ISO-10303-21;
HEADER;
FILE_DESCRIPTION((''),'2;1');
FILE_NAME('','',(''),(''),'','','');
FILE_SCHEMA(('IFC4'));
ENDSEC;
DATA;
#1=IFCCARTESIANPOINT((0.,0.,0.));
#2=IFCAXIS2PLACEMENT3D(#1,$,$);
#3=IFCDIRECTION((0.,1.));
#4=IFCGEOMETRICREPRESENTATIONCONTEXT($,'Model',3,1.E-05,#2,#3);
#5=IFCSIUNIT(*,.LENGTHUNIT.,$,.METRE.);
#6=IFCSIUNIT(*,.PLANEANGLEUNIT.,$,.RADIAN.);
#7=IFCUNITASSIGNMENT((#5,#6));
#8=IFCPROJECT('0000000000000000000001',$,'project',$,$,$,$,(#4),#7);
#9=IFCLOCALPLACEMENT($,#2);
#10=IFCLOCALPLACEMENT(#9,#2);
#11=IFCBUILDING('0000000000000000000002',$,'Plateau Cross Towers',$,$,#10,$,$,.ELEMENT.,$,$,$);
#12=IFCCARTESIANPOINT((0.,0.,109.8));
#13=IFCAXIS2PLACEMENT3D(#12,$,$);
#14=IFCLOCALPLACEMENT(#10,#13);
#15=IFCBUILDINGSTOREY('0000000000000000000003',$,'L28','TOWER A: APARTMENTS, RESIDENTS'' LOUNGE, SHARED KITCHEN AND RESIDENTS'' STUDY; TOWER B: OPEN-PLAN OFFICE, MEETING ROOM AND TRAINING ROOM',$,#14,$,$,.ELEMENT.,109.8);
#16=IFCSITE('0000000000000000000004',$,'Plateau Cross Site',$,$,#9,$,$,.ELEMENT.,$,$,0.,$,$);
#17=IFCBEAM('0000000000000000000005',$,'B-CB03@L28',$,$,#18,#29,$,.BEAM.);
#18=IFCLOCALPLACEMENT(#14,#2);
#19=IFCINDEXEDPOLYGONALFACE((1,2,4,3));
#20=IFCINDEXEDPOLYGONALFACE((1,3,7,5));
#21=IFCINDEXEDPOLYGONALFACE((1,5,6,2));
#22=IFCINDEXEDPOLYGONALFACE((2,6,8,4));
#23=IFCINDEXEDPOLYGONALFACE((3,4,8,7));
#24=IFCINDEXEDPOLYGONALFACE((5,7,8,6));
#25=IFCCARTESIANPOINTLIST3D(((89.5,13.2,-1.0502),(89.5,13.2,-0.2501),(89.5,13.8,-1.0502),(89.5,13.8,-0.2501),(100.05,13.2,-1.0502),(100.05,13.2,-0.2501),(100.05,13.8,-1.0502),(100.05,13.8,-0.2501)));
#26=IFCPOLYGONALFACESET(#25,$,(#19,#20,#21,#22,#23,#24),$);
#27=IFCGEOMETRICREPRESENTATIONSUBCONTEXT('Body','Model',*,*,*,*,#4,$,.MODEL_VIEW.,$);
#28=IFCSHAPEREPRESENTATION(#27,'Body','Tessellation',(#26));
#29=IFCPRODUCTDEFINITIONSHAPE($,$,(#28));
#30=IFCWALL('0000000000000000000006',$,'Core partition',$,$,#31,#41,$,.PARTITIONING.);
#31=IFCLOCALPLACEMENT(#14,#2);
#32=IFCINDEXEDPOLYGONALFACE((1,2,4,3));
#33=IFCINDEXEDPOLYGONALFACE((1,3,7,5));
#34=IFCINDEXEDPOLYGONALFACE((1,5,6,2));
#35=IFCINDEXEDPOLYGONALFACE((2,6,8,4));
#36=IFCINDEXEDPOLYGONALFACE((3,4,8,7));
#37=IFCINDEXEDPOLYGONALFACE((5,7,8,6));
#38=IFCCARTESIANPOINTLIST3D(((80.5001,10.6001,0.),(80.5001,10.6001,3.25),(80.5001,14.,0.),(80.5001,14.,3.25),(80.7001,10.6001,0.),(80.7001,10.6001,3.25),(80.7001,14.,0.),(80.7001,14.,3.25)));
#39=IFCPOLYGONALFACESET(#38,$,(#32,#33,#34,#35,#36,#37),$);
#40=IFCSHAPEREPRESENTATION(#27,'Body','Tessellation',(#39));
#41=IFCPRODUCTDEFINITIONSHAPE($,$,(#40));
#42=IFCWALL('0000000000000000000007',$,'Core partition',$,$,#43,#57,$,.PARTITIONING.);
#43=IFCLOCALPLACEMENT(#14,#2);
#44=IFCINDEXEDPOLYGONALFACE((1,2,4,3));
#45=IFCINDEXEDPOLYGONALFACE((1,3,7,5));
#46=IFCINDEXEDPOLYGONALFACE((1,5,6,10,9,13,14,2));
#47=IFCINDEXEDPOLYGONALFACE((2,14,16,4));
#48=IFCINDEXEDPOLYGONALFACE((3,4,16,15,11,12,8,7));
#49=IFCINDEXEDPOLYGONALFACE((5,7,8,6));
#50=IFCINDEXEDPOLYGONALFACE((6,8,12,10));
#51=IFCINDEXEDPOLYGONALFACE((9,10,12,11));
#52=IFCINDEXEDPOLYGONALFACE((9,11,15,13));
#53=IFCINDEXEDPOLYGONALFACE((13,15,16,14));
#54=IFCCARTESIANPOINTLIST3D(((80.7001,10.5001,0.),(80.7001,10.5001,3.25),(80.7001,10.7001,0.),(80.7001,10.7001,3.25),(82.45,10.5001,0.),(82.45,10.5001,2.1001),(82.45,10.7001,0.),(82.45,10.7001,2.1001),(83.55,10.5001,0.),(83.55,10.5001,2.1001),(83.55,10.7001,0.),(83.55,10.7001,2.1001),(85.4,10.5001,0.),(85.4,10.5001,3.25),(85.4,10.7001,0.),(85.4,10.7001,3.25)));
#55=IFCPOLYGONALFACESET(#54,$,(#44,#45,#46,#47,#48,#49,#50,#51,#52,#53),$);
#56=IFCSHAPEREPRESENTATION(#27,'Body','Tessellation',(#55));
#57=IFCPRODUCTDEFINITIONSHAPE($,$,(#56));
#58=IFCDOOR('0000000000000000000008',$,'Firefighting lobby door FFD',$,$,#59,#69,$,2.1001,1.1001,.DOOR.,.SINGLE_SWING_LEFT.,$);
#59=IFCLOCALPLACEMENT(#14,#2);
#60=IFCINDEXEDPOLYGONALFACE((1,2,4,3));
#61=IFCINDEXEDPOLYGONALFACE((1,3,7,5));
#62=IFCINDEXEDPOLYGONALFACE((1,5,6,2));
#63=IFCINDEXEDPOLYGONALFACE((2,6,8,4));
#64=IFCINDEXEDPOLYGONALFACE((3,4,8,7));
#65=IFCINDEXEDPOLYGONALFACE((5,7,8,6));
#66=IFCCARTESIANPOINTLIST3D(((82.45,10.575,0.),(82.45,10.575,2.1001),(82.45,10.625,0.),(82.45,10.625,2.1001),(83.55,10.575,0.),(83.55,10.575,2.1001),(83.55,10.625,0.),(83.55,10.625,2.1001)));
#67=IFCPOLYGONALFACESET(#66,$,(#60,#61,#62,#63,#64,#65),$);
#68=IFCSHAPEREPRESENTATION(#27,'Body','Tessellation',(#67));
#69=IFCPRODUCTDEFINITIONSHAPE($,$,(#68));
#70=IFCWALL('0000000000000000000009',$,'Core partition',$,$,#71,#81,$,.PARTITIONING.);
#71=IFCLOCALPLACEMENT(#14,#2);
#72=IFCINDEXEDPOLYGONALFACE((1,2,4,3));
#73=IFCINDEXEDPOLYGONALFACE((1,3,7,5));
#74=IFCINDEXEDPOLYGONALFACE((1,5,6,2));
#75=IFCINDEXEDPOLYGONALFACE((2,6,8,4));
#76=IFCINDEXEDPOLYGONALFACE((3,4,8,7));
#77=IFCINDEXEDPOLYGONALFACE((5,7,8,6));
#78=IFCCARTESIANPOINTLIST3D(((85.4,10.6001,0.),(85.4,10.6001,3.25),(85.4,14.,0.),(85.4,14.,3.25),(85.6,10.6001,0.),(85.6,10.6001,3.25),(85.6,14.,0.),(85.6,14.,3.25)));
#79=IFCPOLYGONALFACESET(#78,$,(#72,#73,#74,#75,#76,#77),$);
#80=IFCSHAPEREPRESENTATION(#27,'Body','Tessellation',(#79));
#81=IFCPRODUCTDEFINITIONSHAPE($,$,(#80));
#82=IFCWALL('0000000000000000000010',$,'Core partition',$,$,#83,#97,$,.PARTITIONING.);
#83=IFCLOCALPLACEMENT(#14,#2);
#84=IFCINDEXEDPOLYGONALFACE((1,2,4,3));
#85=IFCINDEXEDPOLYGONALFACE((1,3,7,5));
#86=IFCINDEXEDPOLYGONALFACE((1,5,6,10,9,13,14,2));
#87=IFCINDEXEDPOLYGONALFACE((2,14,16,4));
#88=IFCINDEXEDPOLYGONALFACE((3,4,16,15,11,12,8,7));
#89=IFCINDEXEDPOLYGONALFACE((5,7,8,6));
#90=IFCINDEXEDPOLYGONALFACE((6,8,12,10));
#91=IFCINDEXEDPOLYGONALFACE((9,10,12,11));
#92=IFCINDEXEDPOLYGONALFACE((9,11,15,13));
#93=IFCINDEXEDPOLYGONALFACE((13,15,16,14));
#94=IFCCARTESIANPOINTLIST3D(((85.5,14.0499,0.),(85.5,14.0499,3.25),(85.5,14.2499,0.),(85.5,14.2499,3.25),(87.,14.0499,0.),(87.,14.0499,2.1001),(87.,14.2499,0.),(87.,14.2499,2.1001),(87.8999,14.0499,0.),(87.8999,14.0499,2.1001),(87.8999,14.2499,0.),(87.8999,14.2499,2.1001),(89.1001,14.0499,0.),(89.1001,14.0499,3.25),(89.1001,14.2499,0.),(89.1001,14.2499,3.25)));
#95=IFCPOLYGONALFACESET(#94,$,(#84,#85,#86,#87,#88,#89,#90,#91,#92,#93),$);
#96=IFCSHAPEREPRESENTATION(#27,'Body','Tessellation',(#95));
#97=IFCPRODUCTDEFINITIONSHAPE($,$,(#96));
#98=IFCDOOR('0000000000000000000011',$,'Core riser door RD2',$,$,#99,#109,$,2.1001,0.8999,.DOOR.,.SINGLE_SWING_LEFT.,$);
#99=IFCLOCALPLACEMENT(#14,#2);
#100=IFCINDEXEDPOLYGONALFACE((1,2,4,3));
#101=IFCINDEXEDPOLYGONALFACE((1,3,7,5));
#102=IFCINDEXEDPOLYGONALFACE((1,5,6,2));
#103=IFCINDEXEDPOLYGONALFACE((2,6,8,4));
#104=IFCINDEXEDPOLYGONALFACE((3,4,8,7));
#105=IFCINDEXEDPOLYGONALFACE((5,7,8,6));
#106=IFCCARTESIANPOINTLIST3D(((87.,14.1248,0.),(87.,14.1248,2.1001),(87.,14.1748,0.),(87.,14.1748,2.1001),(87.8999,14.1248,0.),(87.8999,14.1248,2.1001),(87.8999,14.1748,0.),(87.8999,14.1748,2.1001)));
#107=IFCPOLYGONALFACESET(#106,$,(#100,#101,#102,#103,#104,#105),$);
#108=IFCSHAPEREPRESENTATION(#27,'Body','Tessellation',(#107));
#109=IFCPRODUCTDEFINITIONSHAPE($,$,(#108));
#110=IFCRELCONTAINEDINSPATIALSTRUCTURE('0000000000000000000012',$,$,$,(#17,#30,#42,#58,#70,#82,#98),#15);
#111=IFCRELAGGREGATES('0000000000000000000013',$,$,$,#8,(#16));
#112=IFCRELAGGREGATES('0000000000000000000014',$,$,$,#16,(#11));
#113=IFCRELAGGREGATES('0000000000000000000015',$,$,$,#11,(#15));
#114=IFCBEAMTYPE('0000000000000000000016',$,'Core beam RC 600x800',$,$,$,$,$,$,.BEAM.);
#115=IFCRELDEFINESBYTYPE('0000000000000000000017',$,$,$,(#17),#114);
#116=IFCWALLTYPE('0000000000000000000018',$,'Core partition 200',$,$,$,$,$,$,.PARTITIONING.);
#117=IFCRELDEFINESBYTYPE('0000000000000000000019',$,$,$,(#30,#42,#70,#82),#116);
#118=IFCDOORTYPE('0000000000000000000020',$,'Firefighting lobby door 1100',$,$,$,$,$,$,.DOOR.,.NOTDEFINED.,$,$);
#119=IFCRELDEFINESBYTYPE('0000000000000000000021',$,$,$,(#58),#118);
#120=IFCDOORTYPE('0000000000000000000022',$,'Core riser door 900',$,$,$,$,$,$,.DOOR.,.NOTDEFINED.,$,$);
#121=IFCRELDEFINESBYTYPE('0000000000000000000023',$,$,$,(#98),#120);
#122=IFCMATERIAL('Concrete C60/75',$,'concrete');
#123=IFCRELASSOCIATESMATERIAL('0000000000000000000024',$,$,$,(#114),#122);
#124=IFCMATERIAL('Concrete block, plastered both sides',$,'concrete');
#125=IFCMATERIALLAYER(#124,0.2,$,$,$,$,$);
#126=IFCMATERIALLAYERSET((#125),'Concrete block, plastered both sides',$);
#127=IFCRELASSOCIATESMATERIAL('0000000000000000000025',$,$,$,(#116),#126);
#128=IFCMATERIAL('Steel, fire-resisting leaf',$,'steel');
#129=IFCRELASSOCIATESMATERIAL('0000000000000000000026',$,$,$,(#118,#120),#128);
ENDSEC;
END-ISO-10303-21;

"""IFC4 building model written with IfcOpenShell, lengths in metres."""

from ifc_helpers import new_model, si_unit, direction, frame, frame_2d, origin, origin_2d, place, context, subcontext, project, spatial, rectangle, extrude, material, layer, layer_set, material_profile, profile_set, type_object, element, fill, save


model = new_model("IFC4")

# Units and contexts
model_context = context("Model", 3, precision=1e-05, world=origin(), true_north=direction((0.0, 1.0)))
body_context = subcontext(model_context, "Body", "Model", "MODEL_VIEW")
ifc_project = project(units=[si_unit("LENGTHUNIT", "METRE"), si_unit("PLANEANGLEUNIT", "RADIAN")], contexts=[model_context])

# Site, building, storey
site_placement = place(None, origin())
site = spatial("IfcSite", under=ifc_project, at=site_placement, Name="Plateau Cross Site", CompositionType="ELEMENT", RefElevation=0.0)
building_placement = place(site_placement, origin())
building = spatial("IfcBuilding", under=site, at=building_placement, Name="Plateau Cross Towers", CompositionType="ELEMENT")
storey_placement = place(building_placement, frame((0.0, 0.0, 109.8)))
storey = spatial("IfcBuildingStorey", under=building, at=storey_placement, Name="L28", Description="TOWER A: APARTMENTS, RESIDENTS' LOUNGE, SHARED KITCHEN AND RESIDENTS' STUDY; TOWER B: OPEN-PLAN OFFICE, MEETING ROOM AND TRAINING ROOM", CompositionType="ELEMENT", Elevation=109.8)

# Beam
ifc_material_1 = material(Name="Concrete C60/75", Category="concrete")
ifc_material_profile = material_profile(ifc_material_1, rectangle(XDim=0.6001, YDim=0.8, at=origin_2d()), Name="RC 600x800")
ifc_profile_set = profile_set([ifc_material_profile], Name="Concrete C60/75")
beam_type = type_object("IfcBeamType", Name="Core beam RC 600x800", PredefinedType="BEAM", material=ifc_profile_set)
beam_placement = place(storey_placement, frame((89.5, 13.5, -0.6501), z_axis=(1.0, 0.0, 0.0), x_axis=(0.0, 1.0, 0.0)))
element("IfcBeam", 1, at=beam_placement, inside=storey, type_object=beam_type, Name="B-CB03@L28", PredefinedType="BEAM", context=body_context, shape_type="SweptSolid", body=[
    extrude(rectangle(XDim=0.6001, YDim=0.8, at=origin_2d()), origin(), (0.0, 0.0, 1.0), 10.55),
])

# Wall
ifc_material_2 = material(Name="Concrete block, plastered both sides", Category="concrete")
ifc_layer_1 = layer(ifc_material_2, 0.2)
ifc_layer_set_1 = layer_set([ifc_layer_1], Name="Concrete block, plastered both sides")
wall_type_1 = type_object("IfcWallType", Name="Core partition 200", PredefinedType="PARTITIONING", material=ifc_layer_set_1)
wall_1_placement = place(storey_placement, frame((80.6001, 10.6001, 0.0), z_axis=(0.0, 0.0, 1.0), x_axis=(0.0, 1.0, 0.0)))
element("IfcWall", 2, at=wall_1_placement, inside=storey, type_object=wall_type_1, Name="Core partition", PredefinedType="PARTITIONING", context=body_context, shape_type="SweptSolid", body=[
    extrude(rectangle(XDim=3.3999, YDim=0.2, at=frame_2d((1.7, 0.0))), origin(), (0.0, 0.0, 1.0), 3.25),
])

# Wall, opening, door
wall_2_placement = place(storey_placement, frame((80.7, 10.6001, 0.0), z_axis=(0.0, 0.0, 1.0), x_axis=(1.0, 0.0, 0.0)))
wall_2 = element("IfcWall", 3, at=wall_2_placement, inside=storey, type_object=wall_type_1, Name="Core partition", PredefinedType="PARTITIONING", context=body_context, shape_type="SweptSolid", body=[
    extrude(rectangle(XDim=4.7, YDim=0.2, at=frame_2d((2.3501, 0.0))), origin(), (0.0, 0.0, 1.0), 3.25),
])
opening_1_placement = place(wall_2_placement, frame((1.75, 0.0, 0.0)))
opening_1 = element("IfcOpeningElement", 4, at=opening_1_placement, cuts=wall_2, PredefinedType="OPENING", context=body_context, shape_type="SweptSolid", body=[
    extrude(rectangle(XDim=1.1001, YDim=2.1001, at=frame_2d((0.55, 1.05))), frame((0.0, 0.1099, 0.0), z_axis=(0.0, -1.0, 0.0), x_axis=(1.0, 0.0, 0.0)), (0.0, 0.0, 1.0), 0.22),
])
ifc_material_3 = material(Name="Steel, fire-resisting leaf", Category="steel")
door_type_1 = type_object("IfcDoorType", Name="Firefighting lobby door 1100", OperationType="NOTDEFINED", PredefinedType="DOOR", material=ifc_material_3)
door_1_placement = place(opening_1_placement, origin())
door_1 = element("IfcDoor", 5, at=door_1_placement, inside=storey, type_object=door_type_1, Name="Firefighting lobby door FFD", OperationType="SINGLE_SWING_LEFT", OverallHeight=2.1001, OverallWidth=1.1001, PredefinedType="DOOR", context=body_context, shape_type="SweptSolid", body=[
    extrude(rectangle(XDim=1.1001, YDim=2.1001, at=frame_2d((0.55, 1.05))), frame((0.0, 0.0249, 0.0), z_axis=(0.0, -1.0, 0.0), x_axis=(1.0, 0.0, 0.0)), (0.0, 0.0, 1.0), 0.05),
])
fill(opening_1, door_1)

# Wall
wall_3_placement = place(storey_placement, frame((85.5, 10.6001, 0.0), z_axis=(0.0, 0.0, 1.0), x_axis=(0.0, 1.0, 0.0)))
element("IfcWall", 6, at=wall_3_placement, inside=storey, type_object=wall_type_1, Name="Core partition", PredefinedType="PARTITIONING", context=body_context, shape_type="SweptSolid", body=[
    extrude(rectangle(XDim=3.3999, YDim=0.2, at=frame_2d((1.7, 0.0))), origin(), (0.0, 0.0, 1.0), 3.25),
])

# Wall, opening, door
wall_4_placement = place(storey_placement, frame((85.5, 14.1499, 0.0), z_axis=(0.0, 0.0, 1.0), x_axis=(1.0, 0.0, 0.0)))
wall_4 = element("IfcWall", 7, at=wall_4_placement, inside=storey, type_object=wall_type_1, Name="Core partition", PredefinedType="PARTITIONING", context=body_context, shape_type="SweptSolid", body=[
    extrude(rectangle(XDim=3.6001, YDim=0.2, at=frame_2d((1.8, 0.0))), origin(), (0.0, 0.0, 1.0), 3.25),
])
opening_2_placement = place(wall_4_placement, frame((1.5, 0.0, 0.0)))
opening_2 = element("IfcOpeningElement", 8, at=opening_2_placement, cuts=wall_4, PredefinedType="OPENING", context=body_context, shape_type="SweptSolid", body=[
    extrude(rectangle(XDim=0.8999, YDim=2.1001, at=frame_2d((0.45, 1.05))), frame((0.0, 0.1099, 0.0), z_axis=(0.0, -1.0, 0.0), x_axis=(1.0, 0.0, 0.0)), (0.0, 0.0, 1.0), 0.22),
])
door_type_2 = type_object("IfcDoorType", Name="Core riser door 900", OperationType="NOTDEFINED", PredefinedType="DOOR", material=ifc_material_3)
door_2_placement = place(opening_2_placement, origin())
door_2 = element("IfcDoor", 9, at=door_2_placement, inside=storey, type_object=door_type_2, Name="Core riser door RD2", OperationType="SINGLE_SWING_LEFT", OverallHeight=2.1001, OverallWidth=0.8999, PredefinedType="DOOR", context=body_context, shape_type="SweptSolid", body=[
    extrude(rectangle(XDim=0.8999, YDim=2.1001, at=frame_2d((0.45, 1.05))), frame((0.0, 0.0249, 0.0), z_axis=(0.0, -1.0, 0.0), x_axis=(1.0, 0.0, 0.0)), (0.0, 0.0, 1.0), 0.05),
])
fill(opening_2, door_2)

save(model, "model.ifc")
